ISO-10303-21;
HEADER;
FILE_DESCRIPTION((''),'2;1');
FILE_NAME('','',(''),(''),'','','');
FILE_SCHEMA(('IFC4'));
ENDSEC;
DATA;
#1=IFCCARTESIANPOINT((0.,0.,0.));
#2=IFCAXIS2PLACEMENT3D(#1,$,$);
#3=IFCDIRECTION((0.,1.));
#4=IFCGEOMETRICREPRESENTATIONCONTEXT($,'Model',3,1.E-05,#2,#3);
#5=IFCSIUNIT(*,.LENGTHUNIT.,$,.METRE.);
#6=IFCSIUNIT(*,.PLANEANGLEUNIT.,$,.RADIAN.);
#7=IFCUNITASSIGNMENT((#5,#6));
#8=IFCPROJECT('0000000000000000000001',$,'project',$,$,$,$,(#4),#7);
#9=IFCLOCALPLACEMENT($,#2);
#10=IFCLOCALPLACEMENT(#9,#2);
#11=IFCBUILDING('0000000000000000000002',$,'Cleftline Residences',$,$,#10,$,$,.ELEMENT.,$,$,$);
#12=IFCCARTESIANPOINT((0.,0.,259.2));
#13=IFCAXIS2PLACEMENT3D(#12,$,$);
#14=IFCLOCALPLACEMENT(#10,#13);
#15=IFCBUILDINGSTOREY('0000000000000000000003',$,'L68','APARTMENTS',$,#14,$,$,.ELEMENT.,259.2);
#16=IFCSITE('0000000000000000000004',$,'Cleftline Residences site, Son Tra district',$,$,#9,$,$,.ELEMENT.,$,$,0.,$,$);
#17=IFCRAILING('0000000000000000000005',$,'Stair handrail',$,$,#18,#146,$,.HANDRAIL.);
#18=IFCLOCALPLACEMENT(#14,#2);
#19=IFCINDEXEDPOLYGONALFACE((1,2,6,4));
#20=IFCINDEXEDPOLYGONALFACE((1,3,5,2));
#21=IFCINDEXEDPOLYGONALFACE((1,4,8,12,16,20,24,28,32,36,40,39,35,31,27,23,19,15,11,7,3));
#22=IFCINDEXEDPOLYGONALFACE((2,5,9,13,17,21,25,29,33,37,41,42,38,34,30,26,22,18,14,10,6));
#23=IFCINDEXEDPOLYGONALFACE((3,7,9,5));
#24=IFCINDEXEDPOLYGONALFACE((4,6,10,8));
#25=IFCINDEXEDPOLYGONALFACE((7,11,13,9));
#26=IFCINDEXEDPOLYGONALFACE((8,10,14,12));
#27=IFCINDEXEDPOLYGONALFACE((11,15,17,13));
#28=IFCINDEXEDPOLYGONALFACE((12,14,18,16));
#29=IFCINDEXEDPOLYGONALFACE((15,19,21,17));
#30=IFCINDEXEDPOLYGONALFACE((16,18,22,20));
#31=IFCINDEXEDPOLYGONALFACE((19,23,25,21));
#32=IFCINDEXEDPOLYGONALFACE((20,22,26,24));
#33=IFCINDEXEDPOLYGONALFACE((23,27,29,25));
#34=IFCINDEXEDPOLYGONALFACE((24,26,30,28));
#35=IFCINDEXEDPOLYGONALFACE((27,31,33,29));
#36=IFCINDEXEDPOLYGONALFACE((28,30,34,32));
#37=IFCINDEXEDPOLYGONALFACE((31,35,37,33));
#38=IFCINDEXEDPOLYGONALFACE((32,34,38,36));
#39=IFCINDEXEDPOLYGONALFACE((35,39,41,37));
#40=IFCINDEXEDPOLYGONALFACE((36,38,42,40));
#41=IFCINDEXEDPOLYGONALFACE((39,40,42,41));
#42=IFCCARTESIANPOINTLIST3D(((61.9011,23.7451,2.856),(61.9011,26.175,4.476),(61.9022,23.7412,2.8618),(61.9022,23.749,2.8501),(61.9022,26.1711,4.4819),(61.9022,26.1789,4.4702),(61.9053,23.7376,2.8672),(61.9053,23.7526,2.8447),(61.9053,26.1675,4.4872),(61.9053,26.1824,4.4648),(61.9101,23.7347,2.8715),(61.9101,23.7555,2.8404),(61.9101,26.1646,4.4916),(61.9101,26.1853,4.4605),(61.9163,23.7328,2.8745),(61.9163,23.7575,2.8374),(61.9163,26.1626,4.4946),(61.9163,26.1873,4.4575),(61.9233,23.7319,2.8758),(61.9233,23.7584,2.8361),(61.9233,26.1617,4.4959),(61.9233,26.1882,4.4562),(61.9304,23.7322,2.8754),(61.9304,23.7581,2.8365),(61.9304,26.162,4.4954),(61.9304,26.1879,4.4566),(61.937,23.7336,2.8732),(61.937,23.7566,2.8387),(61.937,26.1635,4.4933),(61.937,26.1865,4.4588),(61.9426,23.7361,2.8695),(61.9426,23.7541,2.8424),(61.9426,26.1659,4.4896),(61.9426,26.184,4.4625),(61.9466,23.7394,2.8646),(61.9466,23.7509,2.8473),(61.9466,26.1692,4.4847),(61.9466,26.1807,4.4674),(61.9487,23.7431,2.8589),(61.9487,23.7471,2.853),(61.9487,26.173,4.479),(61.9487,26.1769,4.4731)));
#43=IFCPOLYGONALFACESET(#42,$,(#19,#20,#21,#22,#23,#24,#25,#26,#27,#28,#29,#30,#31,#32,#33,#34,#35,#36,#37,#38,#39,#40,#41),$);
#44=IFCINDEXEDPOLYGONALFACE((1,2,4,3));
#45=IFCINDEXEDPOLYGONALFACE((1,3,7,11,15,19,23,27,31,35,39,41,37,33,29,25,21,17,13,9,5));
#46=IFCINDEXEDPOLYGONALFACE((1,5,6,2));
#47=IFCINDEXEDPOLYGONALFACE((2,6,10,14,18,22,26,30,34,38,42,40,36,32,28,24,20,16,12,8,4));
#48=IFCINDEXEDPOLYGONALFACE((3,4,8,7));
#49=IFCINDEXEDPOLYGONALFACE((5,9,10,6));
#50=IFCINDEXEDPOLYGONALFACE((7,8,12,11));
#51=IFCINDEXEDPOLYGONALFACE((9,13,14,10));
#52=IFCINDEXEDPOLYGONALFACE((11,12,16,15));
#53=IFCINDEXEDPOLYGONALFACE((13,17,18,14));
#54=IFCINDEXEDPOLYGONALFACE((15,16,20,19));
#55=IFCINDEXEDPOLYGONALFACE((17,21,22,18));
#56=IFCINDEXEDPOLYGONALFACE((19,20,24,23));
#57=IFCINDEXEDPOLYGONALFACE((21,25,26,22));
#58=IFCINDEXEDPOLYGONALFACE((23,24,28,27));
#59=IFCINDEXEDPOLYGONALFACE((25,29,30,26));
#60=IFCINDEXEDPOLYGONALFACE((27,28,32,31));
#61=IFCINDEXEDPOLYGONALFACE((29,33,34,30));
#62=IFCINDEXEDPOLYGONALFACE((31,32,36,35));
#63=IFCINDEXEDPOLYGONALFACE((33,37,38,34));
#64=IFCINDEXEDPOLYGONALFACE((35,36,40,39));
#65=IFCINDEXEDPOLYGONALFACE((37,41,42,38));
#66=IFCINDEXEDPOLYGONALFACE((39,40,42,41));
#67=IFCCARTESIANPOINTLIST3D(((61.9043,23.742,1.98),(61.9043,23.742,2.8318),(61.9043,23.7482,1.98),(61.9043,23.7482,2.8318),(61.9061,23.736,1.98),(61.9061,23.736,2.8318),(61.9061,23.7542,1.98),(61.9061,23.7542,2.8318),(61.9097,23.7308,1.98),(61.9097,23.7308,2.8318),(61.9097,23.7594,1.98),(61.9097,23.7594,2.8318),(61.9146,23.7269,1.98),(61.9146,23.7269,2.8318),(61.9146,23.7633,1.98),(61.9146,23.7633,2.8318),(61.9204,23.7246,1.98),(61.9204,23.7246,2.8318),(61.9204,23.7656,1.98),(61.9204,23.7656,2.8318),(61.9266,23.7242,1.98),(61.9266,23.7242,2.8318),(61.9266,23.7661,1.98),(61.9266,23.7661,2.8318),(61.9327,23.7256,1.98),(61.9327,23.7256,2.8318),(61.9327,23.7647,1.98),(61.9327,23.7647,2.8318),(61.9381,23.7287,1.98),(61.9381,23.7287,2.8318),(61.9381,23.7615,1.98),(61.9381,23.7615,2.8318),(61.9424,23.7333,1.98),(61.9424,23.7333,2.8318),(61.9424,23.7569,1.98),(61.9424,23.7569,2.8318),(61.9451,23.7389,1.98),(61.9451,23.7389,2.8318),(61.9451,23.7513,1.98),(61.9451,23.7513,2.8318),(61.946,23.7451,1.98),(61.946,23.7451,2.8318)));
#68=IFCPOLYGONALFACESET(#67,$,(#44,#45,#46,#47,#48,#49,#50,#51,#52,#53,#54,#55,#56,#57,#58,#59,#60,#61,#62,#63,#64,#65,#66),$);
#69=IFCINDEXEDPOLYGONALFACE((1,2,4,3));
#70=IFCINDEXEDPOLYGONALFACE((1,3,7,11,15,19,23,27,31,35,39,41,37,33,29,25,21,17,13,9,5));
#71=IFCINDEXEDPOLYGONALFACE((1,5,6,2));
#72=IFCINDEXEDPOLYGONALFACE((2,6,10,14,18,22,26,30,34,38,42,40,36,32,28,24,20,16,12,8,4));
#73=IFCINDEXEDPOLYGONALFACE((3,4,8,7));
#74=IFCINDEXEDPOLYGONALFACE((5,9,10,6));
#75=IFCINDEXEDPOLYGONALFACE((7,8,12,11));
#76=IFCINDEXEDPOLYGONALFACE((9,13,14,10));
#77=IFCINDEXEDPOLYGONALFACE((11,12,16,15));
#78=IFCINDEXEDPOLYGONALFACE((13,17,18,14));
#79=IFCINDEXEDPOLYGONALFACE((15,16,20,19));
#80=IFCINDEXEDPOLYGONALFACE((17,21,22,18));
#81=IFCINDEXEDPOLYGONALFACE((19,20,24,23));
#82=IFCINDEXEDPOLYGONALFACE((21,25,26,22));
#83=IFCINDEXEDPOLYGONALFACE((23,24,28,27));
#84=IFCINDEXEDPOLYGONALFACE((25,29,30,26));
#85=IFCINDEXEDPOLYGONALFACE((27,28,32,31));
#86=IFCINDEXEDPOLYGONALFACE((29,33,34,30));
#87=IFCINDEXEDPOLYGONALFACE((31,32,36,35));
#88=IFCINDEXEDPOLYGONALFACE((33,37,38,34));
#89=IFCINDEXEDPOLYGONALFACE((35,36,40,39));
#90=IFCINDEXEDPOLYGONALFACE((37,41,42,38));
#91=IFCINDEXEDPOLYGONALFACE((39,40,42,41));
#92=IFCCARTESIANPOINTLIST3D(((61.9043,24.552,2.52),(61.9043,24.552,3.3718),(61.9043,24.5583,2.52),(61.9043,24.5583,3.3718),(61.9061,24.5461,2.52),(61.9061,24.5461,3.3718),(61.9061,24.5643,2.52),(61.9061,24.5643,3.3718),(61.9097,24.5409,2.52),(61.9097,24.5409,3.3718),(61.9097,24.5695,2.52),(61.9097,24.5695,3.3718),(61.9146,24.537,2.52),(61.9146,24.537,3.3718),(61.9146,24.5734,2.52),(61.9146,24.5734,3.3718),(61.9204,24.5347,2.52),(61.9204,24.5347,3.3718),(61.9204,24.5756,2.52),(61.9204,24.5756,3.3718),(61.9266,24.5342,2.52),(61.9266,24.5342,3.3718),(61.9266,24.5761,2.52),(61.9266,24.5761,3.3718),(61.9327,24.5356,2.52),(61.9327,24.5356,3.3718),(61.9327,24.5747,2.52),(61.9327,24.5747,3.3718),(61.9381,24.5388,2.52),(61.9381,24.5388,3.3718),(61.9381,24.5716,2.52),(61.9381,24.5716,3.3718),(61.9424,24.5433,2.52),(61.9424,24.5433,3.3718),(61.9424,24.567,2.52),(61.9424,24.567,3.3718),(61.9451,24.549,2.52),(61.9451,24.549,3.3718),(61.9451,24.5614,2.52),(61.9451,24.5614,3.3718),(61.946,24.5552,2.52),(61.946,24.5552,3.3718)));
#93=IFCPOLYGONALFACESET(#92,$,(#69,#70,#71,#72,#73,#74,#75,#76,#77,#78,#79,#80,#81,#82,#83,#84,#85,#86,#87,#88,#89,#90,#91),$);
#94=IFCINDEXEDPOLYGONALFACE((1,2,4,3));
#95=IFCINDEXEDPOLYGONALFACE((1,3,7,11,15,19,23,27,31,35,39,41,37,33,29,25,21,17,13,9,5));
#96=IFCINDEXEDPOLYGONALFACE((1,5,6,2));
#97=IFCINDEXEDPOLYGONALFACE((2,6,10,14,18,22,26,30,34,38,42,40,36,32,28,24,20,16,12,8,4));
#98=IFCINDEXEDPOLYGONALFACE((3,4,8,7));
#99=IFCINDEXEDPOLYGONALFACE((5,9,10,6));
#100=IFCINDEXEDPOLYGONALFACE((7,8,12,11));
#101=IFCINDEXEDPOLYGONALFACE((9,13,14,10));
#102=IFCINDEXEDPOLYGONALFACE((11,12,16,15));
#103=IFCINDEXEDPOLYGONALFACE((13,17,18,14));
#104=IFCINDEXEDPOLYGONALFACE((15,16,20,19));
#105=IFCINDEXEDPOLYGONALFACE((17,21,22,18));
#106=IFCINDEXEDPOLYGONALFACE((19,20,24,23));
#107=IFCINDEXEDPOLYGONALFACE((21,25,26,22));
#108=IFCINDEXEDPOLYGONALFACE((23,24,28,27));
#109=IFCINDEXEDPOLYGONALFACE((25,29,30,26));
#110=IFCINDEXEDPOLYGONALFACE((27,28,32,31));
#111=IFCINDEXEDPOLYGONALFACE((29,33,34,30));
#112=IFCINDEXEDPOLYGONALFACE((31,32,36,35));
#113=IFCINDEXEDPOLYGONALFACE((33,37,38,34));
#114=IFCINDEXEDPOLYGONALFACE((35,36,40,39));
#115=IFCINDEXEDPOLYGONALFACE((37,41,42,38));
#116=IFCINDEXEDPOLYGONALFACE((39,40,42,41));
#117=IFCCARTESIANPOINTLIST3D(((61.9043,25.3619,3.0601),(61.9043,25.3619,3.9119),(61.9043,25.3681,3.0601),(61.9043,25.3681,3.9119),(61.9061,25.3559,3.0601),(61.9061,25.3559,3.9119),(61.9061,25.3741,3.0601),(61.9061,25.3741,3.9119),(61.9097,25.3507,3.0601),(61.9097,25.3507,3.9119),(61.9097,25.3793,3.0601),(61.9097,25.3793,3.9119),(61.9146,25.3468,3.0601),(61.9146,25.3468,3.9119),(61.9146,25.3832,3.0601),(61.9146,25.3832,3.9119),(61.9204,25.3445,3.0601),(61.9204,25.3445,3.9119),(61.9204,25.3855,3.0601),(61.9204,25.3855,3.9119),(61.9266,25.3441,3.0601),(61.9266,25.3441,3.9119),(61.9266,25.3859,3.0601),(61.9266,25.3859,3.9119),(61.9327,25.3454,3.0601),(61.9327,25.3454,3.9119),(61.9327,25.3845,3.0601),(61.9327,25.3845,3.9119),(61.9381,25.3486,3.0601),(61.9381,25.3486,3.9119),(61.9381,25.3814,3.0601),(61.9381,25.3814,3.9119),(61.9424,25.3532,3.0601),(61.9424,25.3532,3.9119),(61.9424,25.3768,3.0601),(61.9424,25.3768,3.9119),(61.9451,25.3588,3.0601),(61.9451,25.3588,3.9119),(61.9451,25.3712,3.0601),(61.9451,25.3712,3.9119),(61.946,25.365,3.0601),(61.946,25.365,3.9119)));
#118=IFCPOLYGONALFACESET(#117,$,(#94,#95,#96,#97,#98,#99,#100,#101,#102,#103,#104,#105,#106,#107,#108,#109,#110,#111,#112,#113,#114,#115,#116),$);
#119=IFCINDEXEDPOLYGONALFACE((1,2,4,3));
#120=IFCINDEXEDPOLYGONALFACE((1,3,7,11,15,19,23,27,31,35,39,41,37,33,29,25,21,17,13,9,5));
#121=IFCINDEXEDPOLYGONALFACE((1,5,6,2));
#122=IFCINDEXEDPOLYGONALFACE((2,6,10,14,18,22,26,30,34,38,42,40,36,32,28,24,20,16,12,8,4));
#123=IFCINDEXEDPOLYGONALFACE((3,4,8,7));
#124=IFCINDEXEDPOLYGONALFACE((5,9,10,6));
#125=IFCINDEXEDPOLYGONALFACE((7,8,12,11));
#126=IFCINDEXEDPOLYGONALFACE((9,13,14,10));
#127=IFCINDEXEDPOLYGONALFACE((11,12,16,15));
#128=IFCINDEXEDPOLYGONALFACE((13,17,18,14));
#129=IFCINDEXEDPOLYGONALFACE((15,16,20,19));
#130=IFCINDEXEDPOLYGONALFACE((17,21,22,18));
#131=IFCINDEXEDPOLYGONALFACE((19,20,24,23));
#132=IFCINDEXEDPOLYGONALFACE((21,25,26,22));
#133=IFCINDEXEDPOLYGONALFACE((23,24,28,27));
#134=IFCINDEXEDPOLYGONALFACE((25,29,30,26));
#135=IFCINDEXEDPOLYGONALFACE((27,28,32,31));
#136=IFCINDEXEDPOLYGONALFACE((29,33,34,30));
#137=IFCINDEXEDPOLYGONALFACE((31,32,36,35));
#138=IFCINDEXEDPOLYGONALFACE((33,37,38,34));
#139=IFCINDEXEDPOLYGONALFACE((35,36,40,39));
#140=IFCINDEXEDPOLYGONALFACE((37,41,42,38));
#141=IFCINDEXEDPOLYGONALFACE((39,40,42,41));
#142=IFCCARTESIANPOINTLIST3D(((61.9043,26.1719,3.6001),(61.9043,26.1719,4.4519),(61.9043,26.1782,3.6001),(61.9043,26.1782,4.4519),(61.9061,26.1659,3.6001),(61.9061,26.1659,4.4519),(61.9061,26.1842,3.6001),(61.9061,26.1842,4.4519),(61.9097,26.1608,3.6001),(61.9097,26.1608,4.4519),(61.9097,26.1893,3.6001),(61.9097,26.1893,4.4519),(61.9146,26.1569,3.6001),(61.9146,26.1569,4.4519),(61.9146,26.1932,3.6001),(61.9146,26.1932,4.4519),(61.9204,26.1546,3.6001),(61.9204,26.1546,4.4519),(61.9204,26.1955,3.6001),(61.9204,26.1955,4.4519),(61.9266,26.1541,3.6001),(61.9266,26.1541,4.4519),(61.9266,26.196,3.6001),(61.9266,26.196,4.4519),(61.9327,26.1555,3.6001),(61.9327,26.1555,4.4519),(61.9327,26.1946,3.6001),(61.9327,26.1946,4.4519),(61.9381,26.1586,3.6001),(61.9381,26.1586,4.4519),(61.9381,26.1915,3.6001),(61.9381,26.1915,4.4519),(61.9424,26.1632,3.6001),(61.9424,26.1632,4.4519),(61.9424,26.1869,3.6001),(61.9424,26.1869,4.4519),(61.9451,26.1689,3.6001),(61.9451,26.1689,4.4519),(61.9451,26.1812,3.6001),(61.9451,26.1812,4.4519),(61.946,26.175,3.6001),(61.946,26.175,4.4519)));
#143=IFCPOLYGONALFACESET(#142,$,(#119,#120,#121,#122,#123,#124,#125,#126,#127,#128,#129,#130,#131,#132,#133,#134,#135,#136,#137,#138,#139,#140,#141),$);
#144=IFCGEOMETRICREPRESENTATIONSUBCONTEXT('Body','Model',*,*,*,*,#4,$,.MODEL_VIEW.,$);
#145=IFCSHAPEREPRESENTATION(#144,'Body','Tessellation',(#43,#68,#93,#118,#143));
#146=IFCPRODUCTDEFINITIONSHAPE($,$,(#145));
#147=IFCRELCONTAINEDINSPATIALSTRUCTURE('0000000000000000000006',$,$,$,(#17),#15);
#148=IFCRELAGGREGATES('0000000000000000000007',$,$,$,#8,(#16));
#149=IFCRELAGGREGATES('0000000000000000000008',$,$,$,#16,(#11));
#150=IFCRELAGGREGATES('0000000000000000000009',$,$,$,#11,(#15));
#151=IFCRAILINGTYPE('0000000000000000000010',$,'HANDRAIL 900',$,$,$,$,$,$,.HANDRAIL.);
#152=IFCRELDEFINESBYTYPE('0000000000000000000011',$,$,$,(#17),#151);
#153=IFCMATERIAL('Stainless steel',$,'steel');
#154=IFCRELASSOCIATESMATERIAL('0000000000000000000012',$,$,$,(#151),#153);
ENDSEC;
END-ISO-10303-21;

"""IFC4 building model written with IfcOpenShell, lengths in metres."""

from ifc_helpers import new_model, si_unit, direction, frame, origin, origin_2d, place, context, subcontext, project, spatial, circle, extrude, material, type_object, element, save


model = new_model("IFC4")

# Units and contexts
model_context = context("Model", 3, precision=1e-05, world=origin(), true_north=direction((0.0, 1.0)))
body_context = subcontext(model_context, "Body", "Model", "MODEL_VIEW")
ifc_project = project(units=[si_unit("LENGTHUNIT", "METRE"), si_unit("PLANEANGLEUNIT", "RADIAN")], contexts=[model_context])

# Site, building, storey
site_placement = place(None, origin())
site = spatial("IfcSite", under=ifc_project, at=site_placement, Name="Cleftline Residences site, Son Tra district", CompositionType="ELEMENT", RefElevation=0.0)
building_placement = place(site_placement, origin())
building = spatial("IfcBuilding", under=site, at=building_placement, Name="Cleftline Residences", CompositionType="ELEMENT")
storey_placement = place(building_placement, frame((0.0, 0.0, 259.2)))
storey = spatial("IfcBuildingStorey", under=building, at=storey_placement, Name="L68", Description="APARTMENTS", CompositionType="ELEMENT", Elevation=259.2)

# Railing
ifc_material_1 = material(Name="Stainless steel", Category="steel")
railing_type = type_object("IfcRailingType", Name="HANDRAIL 900", PredefinedType="HANDRAIL", material=ifc_material_1)
railing_placement = place(storey_placement, frame((61.925, 23.7451, 1.98)))
element("IfcRailing", 1, at=railing_placement, inside=storey, type_object=railing_type, Name="Stair handrail", PredefinedType="HANDRAIL", context=body_context, shape_type="SweptSolid", body=[
    extrude(circle(Radius=0.0239, at=origin_2d()), frame((0.0, 0.0, 0.876), z_axis=(0.0, 0.832025, 0.554739), x_axis=(-1.0, 0.0, 0.0)), (0.0, 0.0, 1.0), 2.9204),
    extrude(circle(Radius=0.021, at=origin_2d()), origin(), (0.0, 0.0, 1.0), 0.8518),
    extrude(circle(Radius=0.021, at=origin_2d()), frame((0.0, 0.8101, 0.54)), (0.0, 0.0, 1.0), 0.8518),
    extrude(circle(Radius=0.021, at=origin_2d()), frame((0.0, 1.6199, 1.0801)), (0.0, 0.0, 1.0), 0.8518),
    extrude(circle(Radius=0.021, at=origin_2d()), frame((0.0, 2.4299, 1.6201)), (0.0, 0.0, 1.0), 0.8518),
])

save(model, "model.ifc")
